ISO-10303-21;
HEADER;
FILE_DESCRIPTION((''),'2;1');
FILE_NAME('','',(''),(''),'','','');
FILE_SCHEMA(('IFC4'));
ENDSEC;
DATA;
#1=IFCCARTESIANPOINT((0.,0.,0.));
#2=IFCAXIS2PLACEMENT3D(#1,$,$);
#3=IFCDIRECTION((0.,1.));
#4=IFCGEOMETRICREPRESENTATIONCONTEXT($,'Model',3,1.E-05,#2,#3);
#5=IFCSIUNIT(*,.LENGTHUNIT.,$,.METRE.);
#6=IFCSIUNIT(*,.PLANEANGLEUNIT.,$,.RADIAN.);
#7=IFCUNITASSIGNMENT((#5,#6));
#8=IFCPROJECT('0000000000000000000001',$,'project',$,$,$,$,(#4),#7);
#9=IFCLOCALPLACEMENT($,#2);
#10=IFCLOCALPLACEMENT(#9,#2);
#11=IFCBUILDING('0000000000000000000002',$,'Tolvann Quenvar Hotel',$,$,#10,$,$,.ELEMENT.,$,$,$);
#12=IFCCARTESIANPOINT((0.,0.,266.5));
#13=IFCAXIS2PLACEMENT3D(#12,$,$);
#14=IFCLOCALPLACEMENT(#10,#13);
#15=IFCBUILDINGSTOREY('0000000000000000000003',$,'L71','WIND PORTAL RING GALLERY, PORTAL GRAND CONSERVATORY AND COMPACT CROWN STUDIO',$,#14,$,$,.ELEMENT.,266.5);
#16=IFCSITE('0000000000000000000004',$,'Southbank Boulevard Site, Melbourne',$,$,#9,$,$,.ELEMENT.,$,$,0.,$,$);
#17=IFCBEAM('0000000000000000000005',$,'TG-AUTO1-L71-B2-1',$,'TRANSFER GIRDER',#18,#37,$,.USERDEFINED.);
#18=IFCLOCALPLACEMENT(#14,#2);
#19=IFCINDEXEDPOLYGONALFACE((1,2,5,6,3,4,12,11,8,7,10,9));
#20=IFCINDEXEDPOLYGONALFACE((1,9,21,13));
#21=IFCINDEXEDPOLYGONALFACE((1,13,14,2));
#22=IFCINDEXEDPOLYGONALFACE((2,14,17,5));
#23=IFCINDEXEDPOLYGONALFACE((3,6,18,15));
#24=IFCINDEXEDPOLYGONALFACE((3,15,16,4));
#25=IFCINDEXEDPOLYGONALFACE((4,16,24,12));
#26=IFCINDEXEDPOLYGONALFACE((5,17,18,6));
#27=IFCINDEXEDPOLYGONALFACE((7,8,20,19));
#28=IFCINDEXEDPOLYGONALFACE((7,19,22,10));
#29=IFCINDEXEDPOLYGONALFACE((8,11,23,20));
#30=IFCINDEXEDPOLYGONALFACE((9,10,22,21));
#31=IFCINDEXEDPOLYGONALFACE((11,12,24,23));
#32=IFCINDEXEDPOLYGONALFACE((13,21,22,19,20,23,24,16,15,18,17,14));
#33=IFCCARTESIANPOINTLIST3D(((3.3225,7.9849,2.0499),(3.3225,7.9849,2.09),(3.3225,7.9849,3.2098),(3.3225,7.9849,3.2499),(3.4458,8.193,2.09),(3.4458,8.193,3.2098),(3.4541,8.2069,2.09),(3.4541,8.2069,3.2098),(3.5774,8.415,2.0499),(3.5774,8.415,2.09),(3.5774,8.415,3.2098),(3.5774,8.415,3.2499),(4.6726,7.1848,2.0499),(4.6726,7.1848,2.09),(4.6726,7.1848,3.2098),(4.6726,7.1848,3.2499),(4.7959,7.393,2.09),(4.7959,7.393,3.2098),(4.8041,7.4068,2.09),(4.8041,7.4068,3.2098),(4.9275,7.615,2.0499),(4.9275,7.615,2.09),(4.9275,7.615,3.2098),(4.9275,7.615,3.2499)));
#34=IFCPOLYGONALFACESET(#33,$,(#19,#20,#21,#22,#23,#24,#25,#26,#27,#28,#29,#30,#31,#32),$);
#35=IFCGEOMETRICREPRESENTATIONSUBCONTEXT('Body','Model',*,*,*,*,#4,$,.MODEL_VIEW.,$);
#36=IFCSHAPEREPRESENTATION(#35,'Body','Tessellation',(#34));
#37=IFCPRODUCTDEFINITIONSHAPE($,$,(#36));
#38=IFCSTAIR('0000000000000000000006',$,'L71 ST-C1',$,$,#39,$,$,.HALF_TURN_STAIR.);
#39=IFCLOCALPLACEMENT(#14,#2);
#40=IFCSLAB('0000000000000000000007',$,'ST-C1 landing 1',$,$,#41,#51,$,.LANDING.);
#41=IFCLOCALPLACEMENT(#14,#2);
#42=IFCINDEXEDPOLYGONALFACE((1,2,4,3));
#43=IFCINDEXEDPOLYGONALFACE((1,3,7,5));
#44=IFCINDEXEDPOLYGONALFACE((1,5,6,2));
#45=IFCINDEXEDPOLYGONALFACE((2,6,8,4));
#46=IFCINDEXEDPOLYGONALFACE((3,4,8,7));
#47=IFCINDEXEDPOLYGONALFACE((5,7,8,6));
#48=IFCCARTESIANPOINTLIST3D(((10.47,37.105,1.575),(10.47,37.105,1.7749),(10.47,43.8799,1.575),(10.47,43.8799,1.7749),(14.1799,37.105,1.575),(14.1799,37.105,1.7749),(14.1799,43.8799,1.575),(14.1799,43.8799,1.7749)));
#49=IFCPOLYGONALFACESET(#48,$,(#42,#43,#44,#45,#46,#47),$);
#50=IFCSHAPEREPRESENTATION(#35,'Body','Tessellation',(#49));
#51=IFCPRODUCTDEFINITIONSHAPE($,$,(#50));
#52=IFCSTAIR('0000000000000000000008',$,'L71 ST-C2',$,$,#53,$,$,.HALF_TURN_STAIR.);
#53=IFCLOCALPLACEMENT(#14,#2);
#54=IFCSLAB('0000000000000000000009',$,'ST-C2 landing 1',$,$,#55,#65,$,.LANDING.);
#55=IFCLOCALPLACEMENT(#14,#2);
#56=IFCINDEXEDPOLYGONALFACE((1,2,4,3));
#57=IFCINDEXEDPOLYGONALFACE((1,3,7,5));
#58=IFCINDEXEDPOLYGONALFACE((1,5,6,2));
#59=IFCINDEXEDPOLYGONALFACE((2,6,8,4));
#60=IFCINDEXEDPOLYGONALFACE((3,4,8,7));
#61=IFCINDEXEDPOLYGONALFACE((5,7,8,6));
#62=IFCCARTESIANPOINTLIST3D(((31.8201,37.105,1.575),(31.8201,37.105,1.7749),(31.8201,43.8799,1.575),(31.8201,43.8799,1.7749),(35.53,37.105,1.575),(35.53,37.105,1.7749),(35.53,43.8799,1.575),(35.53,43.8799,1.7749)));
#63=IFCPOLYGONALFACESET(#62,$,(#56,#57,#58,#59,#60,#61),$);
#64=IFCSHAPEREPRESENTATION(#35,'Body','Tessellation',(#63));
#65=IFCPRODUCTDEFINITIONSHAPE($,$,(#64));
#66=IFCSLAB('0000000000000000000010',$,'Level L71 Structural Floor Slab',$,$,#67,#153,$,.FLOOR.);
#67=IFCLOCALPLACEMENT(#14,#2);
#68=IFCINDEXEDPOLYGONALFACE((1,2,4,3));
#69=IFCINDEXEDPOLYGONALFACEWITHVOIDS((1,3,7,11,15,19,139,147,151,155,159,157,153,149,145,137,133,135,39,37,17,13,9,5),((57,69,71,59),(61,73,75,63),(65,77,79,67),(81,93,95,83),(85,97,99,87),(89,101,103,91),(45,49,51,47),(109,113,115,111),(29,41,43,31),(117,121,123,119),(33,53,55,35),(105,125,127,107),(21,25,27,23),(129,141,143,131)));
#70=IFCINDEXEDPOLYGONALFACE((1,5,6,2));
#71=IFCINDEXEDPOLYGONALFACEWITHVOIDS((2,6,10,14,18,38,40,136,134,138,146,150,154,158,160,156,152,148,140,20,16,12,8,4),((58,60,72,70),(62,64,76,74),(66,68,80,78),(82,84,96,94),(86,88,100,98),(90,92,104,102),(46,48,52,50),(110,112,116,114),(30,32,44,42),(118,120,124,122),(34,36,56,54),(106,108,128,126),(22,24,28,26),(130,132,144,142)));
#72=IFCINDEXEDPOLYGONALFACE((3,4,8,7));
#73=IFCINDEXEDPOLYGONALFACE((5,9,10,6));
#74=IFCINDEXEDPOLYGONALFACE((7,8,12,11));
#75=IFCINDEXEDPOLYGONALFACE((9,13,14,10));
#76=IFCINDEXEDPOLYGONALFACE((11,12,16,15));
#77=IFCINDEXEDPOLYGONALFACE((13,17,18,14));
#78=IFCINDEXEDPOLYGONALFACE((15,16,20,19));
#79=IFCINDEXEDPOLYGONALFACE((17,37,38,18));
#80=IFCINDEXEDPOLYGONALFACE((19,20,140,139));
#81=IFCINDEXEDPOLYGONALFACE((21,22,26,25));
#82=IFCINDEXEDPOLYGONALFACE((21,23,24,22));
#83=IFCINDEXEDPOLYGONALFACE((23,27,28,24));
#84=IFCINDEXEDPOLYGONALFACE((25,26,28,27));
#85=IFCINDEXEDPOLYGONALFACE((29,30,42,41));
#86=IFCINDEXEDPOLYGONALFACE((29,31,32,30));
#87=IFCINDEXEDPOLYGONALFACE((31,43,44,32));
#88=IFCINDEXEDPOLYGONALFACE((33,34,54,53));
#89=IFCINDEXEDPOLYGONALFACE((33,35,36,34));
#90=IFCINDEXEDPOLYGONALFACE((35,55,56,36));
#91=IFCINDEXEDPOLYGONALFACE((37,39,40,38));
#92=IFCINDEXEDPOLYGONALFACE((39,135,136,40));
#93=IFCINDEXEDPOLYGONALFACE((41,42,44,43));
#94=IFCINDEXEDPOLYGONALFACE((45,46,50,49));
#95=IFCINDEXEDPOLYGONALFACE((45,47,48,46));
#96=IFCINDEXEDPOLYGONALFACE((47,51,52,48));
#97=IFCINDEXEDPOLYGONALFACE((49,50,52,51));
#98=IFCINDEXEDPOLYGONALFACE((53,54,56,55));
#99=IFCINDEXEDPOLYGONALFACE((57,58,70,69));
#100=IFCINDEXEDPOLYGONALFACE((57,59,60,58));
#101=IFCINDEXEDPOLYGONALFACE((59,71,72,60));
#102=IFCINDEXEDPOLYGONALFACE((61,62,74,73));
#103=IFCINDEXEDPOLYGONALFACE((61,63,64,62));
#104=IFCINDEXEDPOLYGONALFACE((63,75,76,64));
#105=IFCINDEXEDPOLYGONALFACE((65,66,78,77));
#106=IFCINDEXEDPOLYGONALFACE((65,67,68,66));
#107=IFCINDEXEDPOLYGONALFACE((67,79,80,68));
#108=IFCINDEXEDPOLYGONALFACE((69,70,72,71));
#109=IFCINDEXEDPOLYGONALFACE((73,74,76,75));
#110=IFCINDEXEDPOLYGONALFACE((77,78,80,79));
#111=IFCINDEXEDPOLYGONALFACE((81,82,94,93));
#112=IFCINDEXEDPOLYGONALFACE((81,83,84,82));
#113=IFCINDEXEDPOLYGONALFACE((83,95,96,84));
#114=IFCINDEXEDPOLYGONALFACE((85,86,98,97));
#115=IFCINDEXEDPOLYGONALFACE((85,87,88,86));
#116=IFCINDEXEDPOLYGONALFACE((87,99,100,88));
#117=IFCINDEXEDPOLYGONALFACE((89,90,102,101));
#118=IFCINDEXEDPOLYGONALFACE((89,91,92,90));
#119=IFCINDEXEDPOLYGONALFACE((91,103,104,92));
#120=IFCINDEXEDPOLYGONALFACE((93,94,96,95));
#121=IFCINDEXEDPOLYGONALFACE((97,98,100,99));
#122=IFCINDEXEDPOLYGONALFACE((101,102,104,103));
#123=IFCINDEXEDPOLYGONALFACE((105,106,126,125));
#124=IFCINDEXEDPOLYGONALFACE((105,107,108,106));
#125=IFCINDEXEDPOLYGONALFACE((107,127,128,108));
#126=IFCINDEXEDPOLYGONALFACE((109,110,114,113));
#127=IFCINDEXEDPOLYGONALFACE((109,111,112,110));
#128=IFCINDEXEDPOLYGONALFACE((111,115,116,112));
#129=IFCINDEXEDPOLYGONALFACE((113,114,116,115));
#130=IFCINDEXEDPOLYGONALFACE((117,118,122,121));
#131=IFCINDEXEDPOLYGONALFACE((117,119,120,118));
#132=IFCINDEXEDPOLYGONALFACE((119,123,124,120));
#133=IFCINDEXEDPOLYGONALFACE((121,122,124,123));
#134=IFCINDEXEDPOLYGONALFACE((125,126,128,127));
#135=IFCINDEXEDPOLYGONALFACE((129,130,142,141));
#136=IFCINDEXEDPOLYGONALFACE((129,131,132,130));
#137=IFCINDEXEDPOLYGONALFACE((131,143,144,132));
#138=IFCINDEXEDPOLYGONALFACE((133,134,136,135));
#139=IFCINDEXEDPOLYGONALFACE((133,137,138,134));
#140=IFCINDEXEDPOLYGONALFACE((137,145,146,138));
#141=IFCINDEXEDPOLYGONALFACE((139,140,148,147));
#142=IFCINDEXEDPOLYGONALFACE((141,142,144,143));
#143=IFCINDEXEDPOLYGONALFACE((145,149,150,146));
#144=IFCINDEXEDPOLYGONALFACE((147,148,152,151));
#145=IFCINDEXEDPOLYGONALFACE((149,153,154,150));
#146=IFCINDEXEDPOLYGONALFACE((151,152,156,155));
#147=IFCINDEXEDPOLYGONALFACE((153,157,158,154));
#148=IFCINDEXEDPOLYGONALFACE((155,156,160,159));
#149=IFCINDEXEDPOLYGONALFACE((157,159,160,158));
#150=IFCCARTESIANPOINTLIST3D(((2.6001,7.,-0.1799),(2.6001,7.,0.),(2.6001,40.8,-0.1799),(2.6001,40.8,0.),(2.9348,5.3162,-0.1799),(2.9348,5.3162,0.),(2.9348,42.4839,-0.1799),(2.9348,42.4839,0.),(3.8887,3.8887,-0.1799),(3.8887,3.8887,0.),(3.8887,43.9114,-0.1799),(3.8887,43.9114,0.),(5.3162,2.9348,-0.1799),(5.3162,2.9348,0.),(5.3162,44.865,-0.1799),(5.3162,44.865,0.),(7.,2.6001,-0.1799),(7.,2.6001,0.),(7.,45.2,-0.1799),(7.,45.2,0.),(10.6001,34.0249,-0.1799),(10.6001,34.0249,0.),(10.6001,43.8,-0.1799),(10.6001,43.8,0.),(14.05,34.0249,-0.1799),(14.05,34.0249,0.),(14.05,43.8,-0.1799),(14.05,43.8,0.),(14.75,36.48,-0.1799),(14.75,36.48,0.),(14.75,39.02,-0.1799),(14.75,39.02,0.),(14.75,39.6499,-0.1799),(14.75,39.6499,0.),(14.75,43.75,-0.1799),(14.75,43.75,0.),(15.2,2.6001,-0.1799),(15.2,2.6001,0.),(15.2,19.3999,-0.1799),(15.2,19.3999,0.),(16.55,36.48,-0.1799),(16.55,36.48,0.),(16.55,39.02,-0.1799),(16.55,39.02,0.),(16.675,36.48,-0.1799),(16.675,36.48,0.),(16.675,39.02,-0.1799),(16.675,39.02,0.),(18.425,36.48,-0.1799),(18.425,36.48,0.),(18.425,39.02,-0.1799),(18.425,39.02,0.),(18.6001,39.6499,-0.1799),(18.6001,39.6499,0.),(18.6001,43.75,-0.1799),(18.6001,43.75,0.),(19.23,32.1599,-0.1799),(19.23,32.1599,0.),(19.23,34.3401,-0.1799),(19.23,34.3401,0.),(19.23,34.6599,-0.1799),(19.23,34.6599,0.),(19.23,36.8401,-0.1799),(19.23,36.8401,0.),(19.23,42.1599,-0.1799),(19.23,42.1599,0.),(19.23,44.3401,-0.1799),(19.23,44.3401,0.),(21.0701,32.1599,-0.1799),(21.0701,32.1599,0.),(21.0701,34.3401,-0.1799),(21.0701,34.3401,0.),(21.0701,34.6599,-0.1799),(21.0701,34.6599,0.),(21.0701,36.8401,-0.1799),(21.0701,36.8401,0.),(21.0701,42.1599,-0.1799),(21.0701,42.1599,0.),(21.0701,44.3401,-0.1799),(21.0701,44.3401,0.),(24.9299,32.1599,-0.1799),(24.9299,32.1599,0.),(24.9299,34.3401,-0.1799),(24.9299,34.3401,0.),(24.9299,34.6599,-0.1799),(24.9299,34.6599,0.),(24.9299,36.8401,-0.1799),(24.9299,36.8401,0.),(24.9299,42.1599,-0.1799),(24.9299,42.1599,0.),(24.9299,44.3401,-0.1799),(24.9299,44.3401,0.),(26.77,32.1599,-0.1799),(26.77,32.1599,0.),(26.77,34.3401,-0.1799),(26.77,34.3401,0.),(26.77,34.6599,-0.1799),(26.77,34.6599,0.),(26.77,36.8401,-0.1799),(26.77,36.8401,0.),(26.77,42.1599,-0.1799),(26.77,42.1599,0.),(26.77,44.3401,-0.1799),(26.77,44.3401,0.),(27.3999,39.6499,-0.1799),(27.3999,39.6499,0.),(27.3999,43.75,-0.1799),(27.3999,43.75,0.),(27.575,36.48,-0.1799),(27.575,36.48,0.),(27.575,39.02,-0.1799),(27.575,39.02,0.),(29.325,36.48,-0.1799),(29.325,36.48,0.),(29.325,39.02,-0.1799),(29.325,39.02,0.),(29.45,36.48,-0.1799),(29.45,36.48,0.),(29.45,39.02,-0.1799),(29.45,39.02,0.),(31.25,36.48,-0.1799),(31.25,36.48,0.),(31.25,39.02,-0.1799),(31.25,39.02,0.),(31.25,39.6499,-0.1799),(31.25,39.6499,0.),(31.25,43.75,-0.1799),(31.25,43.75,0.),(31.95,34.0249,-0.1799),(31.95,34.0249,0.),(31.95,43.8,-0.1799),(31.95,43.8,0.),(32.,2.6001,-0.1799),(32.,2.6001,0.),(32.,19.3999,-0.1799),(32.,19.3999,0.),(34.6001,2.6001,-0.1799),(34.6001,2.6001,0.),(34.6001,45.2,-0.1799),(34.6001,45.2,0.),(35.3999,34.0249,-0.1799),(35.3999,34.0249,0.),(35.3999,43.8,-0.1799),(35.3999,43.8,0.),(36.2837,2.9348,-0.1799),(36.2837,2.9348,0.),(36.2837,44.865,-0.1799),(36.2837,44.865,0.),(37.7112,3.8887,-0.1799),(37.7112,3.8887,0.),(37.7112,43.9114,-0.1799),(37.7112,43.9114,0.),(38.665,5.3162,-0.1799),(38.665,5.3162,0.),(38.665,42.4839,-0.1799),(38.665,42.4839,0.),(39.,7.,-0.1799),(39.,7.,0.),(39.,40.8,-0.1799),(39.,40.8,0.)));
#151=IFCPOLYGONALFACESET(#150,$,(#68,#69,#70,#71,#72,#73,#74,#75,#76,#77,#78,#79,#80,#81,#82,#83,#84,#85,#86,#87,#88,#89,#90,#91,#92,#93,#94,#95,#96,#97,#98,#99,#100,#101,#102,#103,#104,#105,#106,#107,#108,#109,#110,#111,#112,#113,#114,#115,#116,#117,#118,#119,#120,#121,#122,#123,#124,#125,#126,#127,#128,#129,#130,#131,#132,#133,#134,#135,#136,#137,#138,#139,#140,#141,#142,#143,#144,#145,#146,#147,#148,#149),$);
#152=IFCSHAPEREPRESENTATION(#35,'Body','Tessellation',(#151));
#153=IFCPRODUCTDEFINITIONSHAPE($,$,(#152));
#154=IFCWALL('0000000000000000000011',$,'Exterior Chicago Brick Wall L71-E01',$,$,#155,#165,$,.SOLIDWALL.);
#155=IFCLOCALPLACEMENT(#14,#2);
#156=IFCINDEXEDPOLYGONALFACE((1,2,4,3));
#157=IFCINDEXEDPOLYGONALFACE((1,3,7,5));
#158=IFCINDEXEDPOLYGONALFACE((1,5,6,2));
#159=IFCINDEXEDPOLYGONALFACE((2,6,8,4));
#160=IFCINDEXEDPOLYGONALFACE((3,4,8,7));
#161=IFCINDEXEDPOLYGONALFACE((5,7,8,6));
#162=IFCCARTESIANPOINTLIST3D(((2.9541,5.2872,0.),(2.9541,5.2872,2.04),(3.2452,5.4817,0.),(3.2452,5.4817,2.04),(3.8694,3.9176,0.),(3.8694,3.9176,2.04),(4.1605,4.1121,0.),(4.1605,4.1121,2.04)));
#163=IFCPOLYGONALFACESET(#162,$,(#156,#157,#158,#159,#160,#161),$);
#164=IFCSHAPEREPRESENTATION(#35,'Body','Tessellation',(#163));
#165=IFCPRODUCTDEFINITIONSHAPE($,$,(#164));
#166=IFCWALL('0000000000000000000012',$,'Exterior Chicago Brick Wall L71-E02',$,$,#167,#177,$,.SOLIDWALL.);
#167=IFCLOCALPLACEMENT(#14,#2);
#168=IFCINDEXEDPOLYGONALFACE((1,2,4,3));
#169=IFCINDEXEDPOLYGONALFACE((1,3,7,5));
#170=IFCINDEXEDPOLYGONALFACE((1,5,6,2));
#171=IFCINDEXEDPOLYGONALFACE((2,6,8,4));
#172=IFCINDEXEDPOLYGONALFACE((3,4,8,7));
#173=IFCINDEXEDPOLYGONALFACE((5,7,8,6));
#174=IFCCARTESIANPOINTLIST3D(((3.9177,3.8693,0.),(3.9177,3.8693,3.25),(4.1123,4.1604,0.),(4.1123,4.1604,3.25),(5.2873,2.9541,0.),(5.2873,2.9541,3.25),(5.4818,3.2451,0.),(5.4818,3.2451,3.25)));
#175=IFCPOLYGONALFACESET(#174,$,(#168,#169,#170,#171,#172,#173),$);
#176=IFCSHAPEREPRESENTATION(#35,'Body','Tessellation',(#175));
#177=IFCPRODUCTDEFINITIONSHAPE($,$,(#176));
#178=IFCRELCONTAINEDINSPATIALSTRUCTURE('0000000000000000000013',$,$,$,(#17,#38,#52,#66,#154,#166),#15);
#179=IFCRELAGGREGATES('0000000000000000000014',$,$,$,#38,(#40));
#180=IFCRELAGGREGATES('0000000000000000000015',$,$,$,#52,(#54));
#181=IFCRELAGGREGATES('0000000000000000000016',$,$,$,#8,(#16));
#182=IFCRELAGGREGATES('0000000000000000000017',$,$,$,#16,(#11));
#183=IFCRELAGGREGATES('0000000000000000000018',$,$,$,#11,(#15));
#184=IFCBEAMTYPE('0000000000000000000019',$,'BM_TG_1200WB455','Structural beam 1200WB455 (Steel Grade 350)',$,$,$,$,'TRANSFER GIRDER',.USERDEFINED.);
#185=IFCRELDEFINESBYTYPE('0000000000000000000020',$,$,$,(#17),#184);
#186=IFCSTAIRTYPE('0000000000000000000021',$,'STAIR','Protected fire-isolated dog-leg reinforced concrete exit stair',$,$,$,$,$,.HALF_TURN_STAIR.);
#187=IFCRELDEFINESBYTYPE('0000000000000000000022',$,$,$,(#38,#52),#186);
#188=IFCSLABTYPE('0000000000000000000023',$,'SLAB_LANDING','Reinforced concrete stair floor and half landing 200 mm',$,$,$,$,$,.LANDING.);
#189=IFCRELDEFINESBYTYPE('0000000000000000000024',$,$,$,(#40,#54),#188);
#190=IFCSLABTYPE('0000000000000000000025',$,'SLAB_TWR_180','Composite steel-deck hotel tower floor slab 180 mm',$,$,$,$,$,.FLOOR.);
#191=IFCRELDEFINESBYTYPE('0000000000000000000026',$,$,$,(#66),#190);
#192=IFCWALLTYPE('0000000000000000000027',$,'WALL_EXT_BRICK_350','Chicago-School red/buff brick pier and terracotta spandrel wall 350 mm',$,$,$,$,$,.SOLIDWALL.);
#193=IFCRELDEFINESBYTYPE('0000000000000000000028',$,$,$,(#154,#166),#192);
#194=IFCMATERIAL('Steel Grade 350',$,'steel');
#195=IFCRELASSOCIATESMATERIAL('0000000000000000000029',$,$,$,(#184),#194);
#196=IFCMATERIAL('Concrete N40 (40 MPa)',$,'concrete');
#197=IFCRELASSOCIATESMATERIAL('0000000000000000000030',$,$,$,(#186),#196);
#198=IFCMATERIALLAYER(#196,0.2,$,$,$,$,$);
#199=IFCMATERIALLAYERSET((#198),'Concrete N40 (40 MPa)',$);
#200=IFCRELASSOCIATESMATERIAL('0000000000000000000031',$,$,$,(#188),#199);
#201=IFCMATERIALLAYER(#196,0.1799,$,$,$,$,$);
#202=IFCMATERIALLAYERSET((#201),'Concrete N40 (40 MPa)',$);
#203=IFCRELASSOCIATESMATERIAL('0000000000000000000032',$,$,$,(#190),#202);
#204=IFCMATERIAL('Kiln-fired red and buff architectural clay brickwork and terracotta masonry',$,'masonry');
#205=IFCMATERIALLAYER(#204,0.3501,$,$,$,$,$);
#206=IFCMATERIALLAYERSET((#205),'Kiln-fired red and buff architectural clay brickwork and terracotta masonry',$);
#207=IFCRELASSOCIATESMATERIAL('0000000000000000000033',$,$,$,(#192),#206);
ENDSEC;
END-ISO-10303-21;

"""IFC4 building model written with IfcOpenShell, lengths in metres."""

from ifc_helpers import new_model, si_unit, direction, frame, frame_2d, origin, origin_2d, place, context, subcontext, project, spatial, polyline, rectangle, i_section, outline, extrude, source, transform, mapped, material, layer, layer_set, material_profile, profile_set, type_object, element, aggregate, save


model = new_model("IFC4")

# Units and contexts
model_context = context("Model", 3, precision=1e-05, world=origin(), true_north=direction((0.0, 1.0)))
body_context = subcontext(model_context, "Body", "Model", "MODEL_VIEW")
ifc_project = project(units=[si_unit("LENGTHUNIT", "METRE"), si_unit("PLANEANGLEUNIT", "RADIAN")], contexts=[model_context])

# Site, building, storey
site_placement = place(None, origin())
site = spatial("IfcSite", under=ifc_project, at=site_placement, Name="Southbank Boulevard Site, Melbourne", CompositionType="ELEMENT", RefElevation=0.0)
building_placement = place(site_placement, origin())
building = spatial("IfcBuilding", under=site, at=building_placement, Name="Tolvann Quenvar Hotel", CompositionType="ELEMENT")
storey_placement = place(building_placement, frame((0.0, 0.0, 266.5)))
storey = spatial("IfcBuildingStorey", under=building, at=storey_placement, Name="L71", Description="WIND PORTAL RING GALLERY, PORTAL GRAND CONSERVATORY AND COMPACT CROWN STUDIO", CompositionType="ELEMENT", Elevation=266.5)

# Shared definitions
ifc_material_1 = material(Name="Steel Grade 350", Category="steel")

# Beam
ifc_material_profile_1 = material_profile(ifc_material_1, i_section(OverallWidth=0.5, OverallDepth=1.2, WebThickness=0.0161, FlangeThickness=0.04, at=origin_2d()), Name="1200WB455")
ifc_profile_set_1 = profile_set([ifc_material_profile_1], Name="Steel Grade 350")
beam_type = type_object("IfcBeamType", Name="BM_TG_1200WB455", Description="Structural beam 1200WB455 (Steel Grade 350)", ElementType="TRANSFER GIRDER", PredefinedType="USERDEFINED", material=ifc_profile_set_1)
shared_shape_1 = source(origin(), body_context, "Body", "SweptSolid", [
    extrude(i_section(OverallWidth=0.5, OverallDepth=1.2, WebThickness=0.0161, FlangeThickness=0.04, at=origin_2d()), origin(), (0.0, 0.0, 1.0), 1.5693),
])
beam_1_placement = place(storey_placement, frame((3.45, 8.2, 2.6499), z_axis=(0.860294, -0.509798, 0.0), x_axis=(0.509798, 0.860294, 0.0)))
element("IfcBeam", 1, at=beam_1_placement, inside=storey, type_object=beam_type, Name="TG-AUTO1-L71-B2-1", ObjectType="TRANSFER GIRDER", PredefinedType="USERDEFINED", context=body_context, shape_type="MappedRepresentation", body=[
    mapped(shared_shape_1, transform((0.0, 0.0, 0.0), x_axis=(1.0, 0.0, 0.0), y_axis=(0.0, 1.0, 0.0), z_axis=(0.0, 0.0, 1.0), scale=1.0)),
])

# Stairs, slabs
ifc_material_2 = material(Name="Concrete N40 (40 MPa)", Category="concrete")
stair_type = type_object("IfcStairType", Name="STAIR", Description="Protected fire-isolated dog-leg reinforced concrete exit stair", PredefinedType="HALF_TURN_STAIR", material=ifc_material_2)
stair_1_placement = place(storey_placement, origin())
stair_1 = element("IfcStair", 2, at=stair_1_placement, inside=storey, type_object=stair_type, Name="L71 ST-C1", PredefinedType="HALF_TURN_STAIR")
ifc_layer_1 = layer(ifc_material_2, 0.2)
ifc_layer_set_1 = layer_set([ifc_layer_1], Name="Concrete N40 (40 MPa)")
slab_type_1 = type_object("IfcSlabType", Name="SLAB_LANDING", Description="Reinforced concrete stair floor and half landing 200 mm", PredefinedType="LANDING", material=ifc_layer_set_1)
slab_1_placement = place(storey_placement, frame((0.0, 0.0, 1.575)))
slab_1 = element("IfcSlab", 3, at=slab_1_placement, type_object=slab_type_1, Name="ST-C1 landing 1", PredefinedType="LANDING", context=body_context, shape_type="SweptSolid", body=[
    extrude(outline(polyline([(14.1799, 37.105), (14.1799, 43.8799), (10.47, 43.8799), (10.47, 37.105), (14.1799, 37.105)])), origin(), (0.0, 0.0, 1.0), 0.2),
])
aggregate(stair_1, [slab_1])
stair_2_placement = place(storey_placement, origin())
stair_2 = element("IfcStair", 4, at=stair_2_placement, inside=storey, type_object=stair_type, Name="L71 ST-C2", PredefinedType="HALF_TURN_STAIR")
slab_2_placement = place(storey_placement, frame((0.0, 0.0, 1.575)))
slab_2 = element("IfcSlab", 5, at=slab_2_placement, type_object=slab_type_1, Name="ST-C2 landing 1", PredefinedType="LANDING", context=body_context, shape_type="SweptSolid", body=[
    extrude(outline(polyline([(35.53, 37.105), (35.53, 43.8799), (31.8201, 43.8799), (31.8201, 37.105), (35.53, 37.105)])), origin(), (0.0, 0.0, 1.0), 0.2),
])
aggregate(stair_2, [slab_2])

# Slab
ifc_layer_2 = layer(ifc_material_2, 0.1799)
ifc_layer_set_2 = layer_set([ifc_layer_2], Name="Concrete N40 (40 MPa)")
slab_type_2 = type_object("IfcSlabType", Name="SLAB_TWR_180", Description="Composite steel-deck hotel tower floor slab 180 mm", PredefinedType="FLOOR", material=ifc_layer_set_2)
slab_3_placement = place(storey_placement, frame((0.0, 0.0, -0.1799)))
element("IfcSlab", 6, at=slab_3_placement, inside=storey, type_object=slab_type_2, Name="Level L71 Structural Floor Slab", PredefinedType="FLOOR", context=body_context, shape_type="SweptSolid", body=[
    extrude(outline(polyline([(2.6001, 7.0), (2.9348, 5.3162), (3.8887, 3.8887), (5.3162, 2.9348), (7.0, 2.6001), (15.2, 2.6001), (15.2, 19.3999), (32.0, 19.3999), (32.0, 2.6001), (34.6001, 2.6001), (36.2837, 2.9348), (37.7112, 3.8887), (38.665, 5.3162), (39.0, 7.0), (39.0, 40.8), (38.665, 42.4839), (37.7112, 43.9114), (36.2837, 44.865), (34.6001, 45.2), (7.0, 45.2), (5.3162, 44.865), (3.8887, 43.9114), (2.9348, 42.4839), (2.6001, 40.8), (2.6001, 7.0)]), holes=[polyline([(31.95, 34.0249), (31.95, 43.8), (35.3999, 43.8), (35.3999, 34.0249), (31.95, 34.0249)]), polyline([(27.3999, 43.75), (31.25, 43.75), (31.25, 39.6499), (27.3999, 39.6499), (27.3999, 43.75)]), polyline([(29.45, 39.02), (31.25, 39.02), (31.25, 36.48), (29.45, 36.48), (29.45, 39.02)]), polyline([(27.575, 39.02), (29.325, 39.02), (29.325, 36.48), (27.575, 36.48), (27.575, 39.02)]), polyline([(24.9299, 36.8401), (26.77, 36.8401), (26.77, 34.6599), (24.9299, 34.6599), (24.9299, 36.8401)]), polyline([(24.9299, 44.3401), (26.77, 44.3401), (26.77, 42.1599), (24.9299, 42.1599), (24.9299, 44.3401)]), polyline([(24.9299, 32.1599), (24.9299, 34.3401), (26.77, 34.3401), (26.77, 32.1599), (24.9299, 32.1599)]), polyline([(19.23, 36.8401), (21.0701, 36.8401), (21.0701, 34.6599), (19.23, 34.6599), (19.23, 36.8401)]), polyline([(19.23, 44.3401), (21.0701, 44.3401), (21.0701, 42.1599), (19.23, 42.1599), (19.23, 44.3401)]), polyline([(19.23, 32.1599), (19.23, 34.3401), (21.0701, 34.3401), (21.0701, 32.1599), (19.23, 32.1599)]), polyline([(14.75, 43.75), (18.6001, 43.75), (18.6001, 39.6499), (14.75, 39.6499), (14.75, 43.75)]), polyline([(16.675, 39.02), (18.425, 39.02), (18.425, 36.48), (16.675, 36.48), (16.675, 39.02)]), polyline([(14.75, 39.02), (16.55, 39.02), (16.55, 36.48), (14.75, 36.48), (14.75, 39.02)]), polyline([(10.6001, 34.0249), (10.6001, 43.8), (14.05, 43.8), (14.05, 34.0249), (10.6001, 34.0249)])]), origin(), (0.0, 0.0, 1.0), 0.1799),
])

# Walls
ifc_material_3 = material(Name="Kiln-fired red and buff architectural clay brickwork and terracotta masonry", Category="masonry")
ifc_layer_3 = layer(ifc_material_3, 0.3501)
ifc_layer_set_3 = layer_set([ifc_layer_3], Name="Kiln-fired red and buff architectural clay brickwork and terracotta masonry")
wall_type_1 = type_object("IfcWallType", Name="WALL_EXT_BRICK_350", Description="Chicago-School red/buff brick pier and terracotta spandrel wall 350 mm", PredefinedType="SOLIDWALL", material=ifc_layer_set_3)
wall_1_placement = place(storey_placement, frame((3.0996, 5.3845, 0.0), z_axis=(0.0, 0.0, 1.0), x_axis=(0.555623, -0.831434, 0.0)))
element("IfcWall", 7, at=wall_1_placement, inside=storey, type_object=wall_type_1, Name="Exterior Chicago Brick Wall L71-E01", PredefinedType="SOLIDWALL", context=body_context, shape_type="SweptSolid", body=[
    extrude(rectangle(XDim=1.6472, YDim=0.3501, at=frame_2d((0.8237, 0.0))), origin(), (0.0, 0.0, 1.0), 2.04),
])
wall_2_placement = place(storey_placement, frame((4.0149, 4.0149, 0.0), z_axis=(0.0, 0.0, 1.0), x_axis=(0.831434, -0.555623, 0.0)))
element("IfcWall", 8, at=wall_2_placement, inside=storey, type_object=wall_type_1, Name="Exterior Chicago Brick Wall L71-E02", PredefinedType="SOLIDWALL", context=body_context, shape_type="SweptSolid", body=[
    extrude(rectangle(XDim=1.6472, YDim=0.3501, at=frame_2d((0.8237, 0.0))), origin(), (0.0, 0.0, 1.0), 3.25),
])

save(model, "model.ifc")
